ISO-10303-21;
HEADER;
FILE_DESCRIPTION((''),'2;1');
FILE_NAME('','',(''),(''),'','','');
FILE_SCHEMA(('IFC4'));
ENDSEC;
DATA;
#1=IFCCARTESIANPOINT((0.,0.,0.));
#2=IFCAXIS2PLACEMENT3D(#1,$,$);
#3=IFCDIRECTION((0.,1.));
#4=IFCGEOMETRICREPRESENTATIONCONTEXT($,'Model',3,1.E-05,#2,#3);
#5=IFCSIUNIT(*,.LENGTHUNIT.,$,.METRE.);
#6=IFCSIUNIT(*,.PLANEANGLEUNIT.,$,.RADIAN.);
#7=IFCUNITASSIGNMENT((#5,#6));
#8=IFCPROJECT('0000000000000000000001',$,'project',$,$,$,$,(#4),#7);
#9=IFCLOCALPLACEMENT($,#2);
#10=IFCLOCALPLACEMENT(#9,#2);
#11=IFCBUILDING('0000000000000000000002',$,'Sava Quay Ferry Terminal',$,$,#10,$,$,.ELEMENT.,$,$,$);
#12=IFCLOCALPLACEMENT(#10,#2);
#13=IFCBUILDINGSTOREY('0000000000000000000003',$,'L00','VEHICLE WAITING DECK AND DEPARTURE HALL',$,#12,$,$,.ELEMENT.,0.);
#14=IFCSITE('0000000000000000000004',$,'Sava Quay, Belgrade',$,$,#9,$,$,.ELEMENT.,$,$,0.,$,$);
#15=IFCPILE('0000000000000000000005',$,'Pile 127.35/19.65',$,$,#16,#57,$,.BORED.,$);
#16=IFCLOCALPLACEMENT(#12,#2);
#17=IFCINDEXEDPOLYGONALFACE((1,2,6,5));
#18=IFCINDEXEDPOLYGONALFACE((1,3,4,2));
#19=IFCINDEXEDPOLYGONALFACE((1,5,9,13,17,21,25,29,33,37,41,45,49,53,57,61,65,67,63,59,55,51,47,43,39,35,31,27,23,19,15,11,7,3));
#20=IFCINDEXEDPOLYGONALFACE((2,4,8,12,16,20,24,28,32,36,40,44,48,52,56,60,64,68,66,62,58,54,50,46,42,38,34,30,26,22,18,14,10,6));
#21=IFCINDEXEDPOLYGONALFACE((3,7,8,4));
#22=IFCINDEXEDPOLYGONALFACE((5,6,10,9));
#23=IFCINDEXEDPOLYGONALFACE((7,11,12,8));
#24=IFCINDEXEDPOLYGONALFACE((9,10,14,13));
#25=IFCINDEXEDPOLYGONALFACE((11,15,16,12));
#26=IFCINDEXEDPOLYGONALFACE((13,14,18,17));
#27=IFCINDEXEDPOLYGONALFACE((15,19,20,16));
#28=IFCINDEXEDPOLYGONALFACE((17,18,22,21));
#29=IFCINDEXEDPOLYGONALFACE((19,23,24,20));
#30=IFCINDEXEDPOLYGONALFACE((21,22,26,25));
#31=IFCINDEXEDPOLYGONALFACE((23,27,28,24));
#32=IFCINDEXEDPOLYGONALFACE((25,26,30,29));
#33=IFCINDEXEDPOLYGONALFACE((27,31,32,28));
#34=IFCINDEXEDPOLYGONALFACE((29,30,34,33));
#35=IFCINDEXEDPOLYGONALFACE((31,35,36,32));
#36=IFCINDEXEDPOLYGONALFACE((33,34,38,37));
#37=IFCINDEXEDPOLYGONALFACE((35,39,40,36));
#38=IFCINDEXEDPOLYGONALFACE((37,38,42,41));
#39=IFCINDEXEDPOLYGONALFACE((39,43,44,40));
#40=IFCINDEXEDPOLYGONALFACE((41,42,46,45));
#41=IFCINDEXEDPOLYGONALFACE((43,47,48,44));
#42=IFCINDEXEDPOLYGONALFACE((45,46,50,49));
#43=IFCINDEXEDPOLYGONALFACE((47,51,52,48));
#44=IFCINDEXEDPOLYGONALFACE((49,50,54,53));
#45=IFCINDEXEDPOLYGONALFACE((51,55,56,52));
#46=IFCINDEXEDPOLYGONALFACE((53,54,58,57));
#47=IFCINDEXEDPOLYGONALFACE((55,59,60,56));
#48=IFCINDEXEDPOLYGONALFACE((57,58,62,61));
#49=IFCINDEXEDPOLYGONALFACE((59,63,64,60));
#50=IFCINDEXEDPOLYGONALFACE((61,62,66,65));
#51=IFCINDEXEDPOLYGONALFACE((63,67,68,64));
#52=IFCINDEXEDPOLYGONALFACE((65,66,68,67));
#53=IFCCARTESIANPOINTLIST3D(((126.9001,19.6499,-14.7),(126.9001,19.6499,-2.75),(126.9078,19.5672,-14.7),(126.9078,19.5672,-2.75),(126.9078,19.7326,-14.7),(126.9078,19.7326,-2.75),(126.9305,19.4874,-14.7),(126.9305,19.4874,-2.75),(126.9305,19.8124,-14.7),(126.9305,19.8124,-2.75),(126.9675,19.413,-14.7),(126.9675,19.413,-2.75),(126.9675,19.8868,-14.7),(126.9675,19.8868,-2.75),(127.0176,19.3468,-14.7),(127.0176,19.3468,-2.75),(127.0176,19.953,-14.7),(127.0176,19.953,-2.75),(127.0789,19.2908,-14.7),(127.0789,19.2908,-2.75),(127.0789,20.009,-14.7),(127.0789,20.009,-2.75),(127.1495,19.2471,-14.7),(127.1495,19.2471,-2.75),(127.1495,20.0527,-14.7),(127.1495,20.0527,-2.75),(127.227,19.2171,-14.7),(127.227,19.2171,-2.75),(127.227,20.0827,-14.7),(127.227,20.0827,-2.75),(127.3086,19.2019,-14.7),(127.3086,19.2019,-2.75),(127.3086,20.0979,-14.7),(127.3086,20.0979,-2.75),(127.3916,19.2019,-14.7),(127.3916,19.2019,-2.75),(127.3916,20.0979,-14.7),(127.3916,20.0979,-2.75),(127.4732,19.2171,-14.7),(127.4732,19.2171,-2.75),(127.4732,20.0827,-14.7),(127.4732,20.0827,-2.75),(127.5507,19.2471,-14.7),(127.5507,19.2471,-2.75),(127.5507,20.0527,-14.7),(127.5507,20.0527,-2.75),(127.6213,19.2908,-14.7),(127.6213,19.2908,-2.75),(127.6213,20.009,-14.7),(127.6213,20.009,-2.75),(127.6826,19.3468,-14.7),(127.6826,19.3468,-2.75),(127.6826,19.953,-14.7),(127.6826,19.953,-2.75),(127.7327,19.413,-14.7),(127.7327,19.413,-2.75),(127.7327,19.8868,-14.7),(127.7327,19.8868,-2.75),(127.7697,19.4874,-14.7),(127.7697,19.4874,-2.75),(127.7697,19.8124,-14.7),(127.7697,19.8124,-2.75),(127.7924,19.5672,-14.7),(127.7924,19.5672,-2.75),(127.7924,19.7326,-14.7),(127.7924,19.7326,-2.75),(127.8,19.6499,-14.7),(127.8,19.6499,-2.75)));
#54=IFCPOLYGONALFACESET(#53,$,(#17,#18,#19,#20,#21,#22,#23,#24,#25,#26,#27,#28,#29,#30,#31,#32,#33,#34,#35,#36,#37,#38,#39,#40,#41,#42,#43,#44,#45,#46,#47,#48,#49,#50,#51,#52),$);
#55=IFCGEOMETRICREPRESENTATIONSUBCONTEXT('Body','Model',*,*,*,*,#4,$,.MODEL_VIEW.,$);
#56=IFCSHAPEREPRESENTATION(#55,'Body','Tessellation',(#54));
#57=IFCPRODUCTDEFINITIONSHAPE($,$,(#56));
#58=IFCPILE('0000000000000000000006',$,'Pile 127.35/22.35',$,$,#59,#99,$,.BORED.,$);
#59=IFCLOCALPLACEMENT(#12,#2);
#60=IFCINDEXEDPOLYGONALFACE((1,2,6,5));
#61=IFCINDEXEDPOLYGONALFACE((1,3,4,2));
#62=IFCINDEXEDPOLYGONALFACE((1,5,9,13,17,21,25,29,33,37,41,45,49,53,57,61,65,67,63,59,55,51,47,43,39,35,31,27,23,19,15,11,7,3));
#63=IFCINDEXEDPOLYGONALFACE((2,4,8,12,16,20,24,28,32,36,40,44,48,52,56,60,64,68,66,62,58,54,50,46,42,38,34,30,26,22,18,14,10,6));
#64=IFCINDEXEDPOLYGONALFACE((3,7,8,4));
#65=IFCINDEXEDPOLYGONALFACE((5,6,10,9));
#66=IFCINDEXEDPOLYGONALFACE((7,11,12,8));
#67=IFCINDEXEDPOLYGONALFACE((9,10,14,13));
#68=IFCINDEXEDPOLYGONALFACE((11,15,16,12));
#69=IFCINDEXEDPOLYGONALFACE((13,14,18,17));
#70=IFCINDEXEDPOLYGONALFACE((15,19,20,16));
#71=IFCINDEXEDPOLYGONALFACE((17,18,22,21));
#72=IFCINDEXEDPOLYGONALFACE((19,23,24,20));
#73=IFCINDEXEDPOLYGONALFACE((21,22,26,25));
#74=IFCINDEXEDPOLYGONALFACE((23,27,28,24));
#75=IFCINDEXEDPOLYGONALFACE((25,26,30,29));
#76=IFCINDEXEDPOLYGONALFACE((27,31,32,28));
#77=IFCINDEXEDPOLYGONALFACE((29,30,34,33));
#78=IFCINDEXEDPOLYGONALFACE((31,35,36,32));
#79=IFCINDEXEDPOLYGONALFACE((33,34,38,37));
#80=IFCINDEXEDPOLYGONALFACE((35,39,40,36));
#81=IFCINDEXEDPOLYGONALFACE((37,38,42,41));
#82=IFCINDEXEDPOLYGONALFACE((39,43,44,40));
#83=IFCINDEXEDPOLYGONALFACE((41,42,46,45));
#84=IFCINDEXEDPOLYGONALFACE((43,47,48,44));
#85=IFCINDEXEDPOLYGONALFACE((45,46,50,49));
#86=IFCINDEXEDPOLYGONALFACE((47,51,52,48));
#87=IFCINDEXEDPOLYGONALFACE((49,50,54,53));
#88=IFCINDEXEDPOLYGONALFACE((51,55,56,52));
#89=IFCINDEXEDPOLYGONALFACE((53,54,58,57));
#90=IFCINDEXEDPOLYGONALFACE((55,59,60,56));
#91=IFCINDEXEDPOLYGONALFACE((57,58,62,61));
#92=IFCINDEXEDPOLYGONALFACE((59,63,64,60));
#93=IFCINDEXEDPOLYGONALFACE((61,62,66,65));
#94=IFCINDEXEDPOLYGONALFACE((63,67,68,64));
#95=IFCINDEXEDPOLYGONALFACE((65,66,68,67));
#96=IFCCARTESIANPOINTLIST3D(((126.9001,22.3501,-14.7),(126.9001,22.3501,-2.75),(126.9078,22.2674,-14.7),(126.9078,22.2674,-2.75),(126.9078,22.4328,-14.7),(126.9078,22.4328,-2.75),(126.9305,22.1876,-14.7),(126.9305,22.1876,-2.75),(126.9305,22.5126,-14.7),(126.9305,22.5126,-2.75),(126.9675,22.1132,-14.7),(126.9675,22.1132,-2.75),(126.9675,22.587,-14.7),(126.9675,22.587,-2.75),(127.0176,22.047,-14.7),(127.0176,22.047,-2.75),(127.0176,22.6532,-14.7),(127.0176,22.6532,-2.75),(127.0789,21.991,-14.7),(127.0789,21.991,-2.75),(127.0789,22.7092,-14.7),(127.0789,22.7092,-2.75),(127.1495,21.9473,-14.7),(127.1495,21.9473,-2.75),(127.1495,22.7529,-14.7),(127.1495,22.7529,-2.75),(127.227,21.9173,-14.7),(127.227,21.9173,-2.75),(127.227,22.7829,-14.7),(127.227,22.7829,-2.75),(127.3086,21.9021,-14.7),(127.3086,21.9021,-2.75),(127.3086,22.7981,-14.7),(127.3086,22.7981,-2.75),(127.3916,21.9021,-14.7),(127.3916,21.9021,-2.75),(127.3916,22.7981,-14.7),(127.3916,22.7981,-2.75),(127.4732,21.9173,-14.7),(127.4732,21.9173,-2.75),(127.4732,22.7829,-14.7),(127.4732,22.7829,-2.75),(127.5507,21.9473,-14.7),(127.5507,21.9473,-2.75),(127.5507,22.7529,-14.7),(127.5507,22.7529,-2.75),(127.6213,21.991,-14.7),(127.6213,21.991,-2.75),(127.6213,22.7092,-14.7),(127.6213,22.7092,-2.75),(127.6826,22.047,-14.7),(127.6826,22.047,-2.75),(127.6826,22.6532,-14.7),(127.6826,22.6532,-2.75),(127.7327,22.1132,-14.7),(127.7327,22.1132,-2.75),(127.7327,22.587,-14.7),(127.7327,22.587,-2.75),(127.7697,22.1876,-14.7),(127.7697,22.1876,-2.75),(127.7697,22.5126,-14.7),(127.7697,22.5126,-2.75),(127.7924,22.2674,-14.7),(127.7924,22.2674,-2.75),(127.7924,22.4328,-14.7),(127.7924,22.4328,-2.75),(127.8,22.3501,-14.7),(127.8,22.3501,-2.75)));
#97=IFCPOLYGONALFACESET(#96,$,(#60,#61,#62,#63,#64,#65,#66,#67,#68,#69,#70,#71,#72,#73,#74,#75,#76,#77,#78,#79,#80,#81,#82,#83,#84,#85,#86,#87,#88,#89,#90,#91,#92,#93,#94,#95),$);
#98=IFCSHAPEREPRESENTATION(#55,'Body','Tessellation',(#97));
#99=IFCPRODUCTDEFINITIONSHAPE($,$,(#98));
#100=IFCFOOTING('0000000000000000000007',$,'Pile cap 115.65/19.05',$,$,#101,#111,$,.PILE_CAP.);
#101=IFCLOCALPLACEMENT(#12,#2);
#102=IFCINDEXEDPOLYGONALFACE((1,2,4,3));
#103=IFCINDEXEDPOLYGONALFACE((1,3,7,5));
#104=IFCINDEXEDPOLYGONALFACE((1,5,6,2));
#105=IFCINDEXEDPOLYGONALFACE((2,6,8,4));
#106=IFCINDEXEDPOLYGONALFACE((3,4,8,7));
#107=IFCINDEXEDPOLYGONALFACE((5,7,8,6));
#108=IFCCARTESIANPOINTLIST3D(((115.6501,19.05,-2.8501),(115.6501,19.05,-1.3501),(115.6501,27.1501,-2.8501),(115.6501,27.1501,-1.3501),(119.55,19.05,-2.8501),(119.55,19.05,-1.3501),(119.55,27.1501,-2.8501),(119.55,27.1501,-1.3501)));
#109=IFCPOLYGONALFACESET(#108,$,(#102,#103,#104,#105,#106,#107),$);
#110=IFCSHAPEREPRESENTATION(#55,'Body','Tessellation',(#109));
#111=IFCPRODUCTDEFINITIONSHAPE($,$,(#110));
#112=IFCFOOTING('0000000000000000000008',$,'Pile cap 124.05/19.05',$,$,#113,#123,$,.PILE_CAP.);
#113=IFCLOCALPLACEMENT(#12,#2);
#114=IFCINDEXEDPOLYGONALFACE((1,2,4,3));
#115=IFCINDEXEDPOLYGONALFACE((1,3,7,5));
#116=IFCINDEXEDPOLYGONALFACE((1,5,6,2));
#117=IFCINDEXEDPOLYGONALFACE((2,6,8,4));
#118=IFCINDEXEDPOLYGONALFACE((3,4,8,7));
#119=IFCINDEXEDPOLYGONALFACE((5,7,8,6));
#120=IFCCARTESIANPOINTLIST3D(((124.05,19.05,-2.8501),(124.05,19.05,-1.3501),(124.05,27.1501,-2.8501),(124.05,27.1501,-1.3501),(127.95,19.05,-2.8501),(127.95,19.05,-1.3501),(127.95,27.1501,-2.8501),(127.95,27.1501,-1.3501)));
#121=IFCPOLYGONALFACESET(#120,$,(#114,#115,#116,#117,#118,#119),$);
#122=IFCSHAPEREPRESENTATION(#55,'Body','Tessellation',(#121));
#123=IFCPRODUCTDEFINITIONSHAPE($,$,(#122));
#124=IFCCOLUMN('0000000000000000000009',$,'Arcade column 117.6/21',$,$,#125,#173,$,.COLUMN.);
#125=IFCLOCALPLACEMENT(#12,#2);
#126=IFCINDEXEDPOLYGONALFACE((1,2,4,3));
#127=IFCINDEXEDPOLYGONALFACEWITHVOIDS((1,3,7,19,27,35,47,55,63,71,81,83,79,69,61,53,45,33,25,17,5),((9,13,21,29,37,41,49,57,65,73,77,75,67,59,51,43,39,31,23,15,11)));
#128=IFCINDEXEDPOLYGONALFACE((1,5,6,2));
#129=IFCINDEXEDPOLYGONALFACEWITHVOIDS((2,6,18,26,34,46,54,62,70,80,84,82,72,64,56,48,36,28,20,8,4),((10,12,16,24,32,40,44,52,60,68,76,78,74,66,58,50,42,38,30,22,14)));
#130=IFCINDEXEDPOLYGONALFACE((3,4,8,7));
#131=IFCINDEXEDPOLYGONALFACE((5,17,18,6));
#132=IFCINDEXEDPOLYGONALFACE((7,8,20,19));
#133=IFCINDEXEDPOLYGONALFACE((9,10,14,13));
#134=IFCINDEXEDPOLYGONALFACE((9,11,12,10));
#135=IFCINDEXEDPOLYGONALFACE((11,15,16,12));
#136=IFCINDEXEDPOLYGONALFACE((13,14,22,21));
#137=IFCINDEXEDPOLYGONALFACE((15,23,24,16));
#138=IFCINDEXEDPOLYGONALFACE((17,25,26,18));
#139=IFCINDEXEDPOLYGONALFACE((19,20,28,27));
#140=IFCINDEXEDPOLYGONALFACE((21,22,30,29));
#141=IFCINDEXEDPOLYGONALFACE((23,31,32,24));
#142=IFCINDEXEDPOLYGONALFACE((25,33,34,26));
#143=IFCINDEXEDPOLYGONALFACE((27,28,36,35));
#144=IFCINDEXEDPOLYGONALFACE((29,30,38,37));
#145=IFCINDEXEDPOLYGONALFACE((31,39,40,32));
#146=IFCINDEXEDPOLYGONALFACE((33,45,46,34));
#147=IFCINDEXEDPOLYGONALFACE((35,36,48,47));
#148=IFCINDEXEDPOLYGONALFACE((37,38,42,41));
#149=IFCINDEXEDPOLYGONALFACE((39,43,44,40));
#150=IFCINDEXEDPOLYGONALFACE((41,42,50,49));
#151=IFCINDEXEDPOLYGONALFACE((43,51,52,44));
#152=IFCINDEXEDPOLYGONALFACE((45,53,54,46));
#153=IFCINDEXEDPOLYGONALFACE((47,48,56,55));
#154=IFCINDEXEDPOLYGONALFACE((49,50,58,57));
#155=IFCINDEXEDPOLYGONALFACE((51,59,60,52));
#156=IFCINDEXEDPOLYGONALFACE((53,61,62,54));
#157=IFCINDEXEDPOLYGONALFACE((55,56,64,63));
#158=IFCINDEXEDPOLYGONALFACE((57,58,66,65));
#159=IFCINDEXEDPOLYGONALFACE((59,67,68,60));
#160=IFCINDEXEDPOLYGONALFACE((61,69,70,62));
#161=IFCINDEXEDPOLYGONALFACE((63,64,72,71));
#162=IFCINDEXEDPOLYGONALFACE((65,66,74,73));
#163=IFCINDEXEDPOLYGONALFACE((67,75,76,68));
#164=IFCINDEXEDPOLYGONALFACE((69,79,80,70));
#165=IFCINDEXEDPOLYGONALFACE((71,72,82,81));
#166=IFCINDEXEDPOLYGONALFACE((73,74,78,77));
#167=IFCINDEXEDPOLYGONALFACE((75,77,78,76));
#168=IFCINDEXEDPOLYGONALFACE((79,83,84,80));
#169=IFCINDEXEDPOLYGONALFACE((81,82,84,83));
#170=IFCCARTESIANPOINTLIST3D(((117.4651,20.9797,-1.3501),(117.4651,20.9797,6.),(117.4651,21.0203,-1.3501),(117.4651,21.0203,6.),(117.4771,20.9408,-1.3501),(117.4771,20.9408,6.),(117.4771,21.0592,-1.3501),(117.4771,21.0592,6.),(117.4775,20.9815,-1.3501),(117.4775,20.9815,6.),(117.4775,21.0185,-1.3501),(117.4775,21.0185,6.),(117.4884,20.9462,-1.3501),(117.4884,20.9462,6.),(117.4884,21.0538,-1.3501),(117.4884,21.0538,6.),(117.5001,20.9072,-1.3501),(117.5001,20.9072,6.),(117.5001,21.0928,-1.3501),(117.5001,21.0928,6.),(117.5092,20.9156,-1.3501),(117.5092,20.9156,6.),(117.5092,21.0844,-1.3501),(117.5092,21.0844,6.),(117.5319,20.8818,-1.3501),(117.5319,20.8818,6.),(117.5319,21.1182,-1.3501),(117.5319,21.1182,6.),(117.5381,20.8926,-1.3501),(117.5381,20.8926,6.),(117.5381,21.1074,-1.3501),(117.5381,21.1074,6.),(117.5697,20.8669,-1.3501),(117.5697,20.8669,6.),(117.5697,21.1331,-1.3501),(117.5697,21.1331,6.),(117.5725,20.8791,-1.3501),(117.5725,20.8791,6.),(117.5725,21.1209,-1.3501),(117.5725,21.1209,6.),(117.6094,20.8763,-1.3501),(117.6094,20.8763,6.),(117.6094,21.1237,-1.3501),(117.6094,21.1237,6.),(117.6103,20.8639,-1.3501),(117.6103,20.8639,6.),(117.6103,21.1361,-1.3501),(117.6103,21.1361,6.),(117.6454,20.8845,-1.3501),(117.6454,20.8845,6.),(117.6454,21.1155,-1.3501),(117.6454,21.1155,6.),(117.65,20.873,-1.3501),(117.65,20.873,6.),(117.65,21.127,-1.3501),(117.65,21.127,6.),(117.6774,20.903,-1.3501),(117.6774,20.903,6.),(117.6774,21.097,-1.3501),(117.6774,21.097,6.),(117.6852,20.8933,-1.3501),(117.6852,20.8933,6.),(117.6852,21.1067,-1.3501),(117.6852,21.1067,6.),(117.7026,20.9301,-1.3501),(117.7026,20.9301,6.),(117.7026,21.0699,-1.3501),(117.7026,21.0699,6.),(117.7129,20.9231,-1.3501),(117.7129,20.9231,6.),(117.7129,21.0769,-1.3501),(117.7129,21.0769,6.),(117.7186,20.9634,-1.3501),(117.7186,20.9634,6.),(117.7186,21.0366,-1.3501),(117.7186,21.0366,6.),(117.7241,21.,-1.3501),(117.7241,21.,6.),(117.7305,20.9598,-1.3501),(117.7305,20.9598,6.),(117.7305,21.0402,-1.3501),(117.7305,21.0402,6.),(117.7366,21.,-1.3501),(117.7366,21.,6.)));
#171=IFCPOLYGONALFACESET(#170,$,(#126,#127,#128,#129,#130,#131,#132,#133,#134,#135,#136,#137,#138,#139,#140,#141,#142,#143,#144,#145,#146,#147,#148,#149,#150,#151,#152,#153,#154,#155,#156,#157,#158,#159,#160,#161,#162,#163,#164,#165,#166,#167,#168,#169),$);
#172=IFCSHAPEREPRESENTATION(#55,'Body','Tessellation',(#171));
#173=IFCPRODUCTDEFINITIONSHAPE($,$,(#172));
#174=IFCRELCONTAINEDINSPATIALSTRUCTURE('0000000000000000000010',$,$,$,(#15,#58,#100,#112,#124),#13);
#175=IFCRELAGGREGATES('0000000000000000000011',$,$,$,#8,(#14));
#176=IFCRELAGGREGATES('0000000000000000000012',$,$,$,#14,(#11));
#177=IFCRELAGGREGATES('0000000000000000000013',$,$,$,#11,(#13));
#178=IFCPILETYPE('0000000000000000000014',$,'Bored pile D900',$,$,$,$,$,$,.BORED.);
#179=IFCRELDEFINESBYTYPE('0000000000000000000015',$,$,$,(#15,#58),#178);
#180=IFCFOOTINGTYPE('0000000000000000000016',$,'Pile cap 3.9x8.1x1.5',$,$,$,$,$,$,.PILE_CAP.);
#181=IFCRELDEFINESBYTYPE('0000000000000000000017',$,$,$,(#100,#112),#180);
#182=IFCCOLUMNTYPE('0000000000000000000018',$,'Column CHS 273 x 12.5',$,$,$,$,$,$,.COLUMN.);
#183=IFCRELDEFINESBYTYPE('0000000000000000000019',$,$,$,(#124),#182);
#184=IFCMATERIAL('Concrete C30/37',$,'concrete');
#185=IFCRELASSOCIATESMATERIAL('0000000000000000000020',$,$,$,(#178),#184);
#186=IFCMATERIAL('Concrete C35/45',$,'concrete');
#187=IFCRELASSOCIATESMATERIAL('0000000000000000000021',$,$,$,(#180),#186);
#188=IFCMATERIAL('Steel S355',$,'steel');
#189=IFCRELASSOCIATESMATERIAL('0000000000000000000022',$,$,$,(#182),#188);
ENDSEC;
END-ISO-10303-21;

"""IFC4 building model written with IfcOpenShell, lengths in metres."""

from ifc_helpers import new_model, si_unit, direction, frame, origin, origin_2d, place, context, subcontext, project, spatial, rectangle, circle, hollow_circle, extrude, material, material_profile, profile_set, type_object, element, save


model = new_model("IFC4")

# Units and contexts
model_context = context("Model", 3, precision=1e-05, world=origin(), true_north=direction((0.0, 1.0)))
body_context = subcontext(model_context, "Body", "Model", "MODEL_VIEW")
ifc_project = project(units=[si_unit("LENGTHUNIT", "METRE"), si_unit("PLANEANGLEUNIT", "RADIAN")], contexts=[model_context])

# Site, building, storey
site_placement = place(None, origin())
site = spatial("IfcSite", under=ifc_project, at=site_placement, Name="Sava Quay, Belgrade", CompositionType="ELEMENT", RefElevation=0.0)
building_placement = place(site_placement, origin())
building = spatial("IfcBuilding", under=site, at=building_placement, Name="Sava Quay Ferry Terminal", CompositionType="ELEMENT")
storey_placement = place(building_placement, origin())
storey = spatial("IfcBuildingStorey", under=building, at=storey_placement, Name="L00", Description="VEHICLE WAITING DECK AND DEPARTURE HALL", CompositionType="ELEMENT", Elevation=0.0)

# Piles
ifc_material_1 = material(Name="Concrete C30/37", Category="concrete")
ifc_material_profile_1 = material_profile(ifc_material_1, circle(Radius=0.45, at=origin_2d()), Name="Bored pile D900")
ifc_profile_set_1 = profile_set([ifc_material_profile_1], Name="Concrete C30/37")
pile_type = type_object("IfcPileType", Name="Bored pile D900", PredefinedType="BORED", material=ifc_profile_set_1)
for number, where, z_axis, x_axis, name in (
    (1, (127.3501, 19.6499, -2.75), (0.0, 0.0, -1.0), (1.0, 0.0, 0.0), "Pile 127.35/19.65"),
    (2, (127.3501, 22.3501, -2.75), (0.0, 0.0, -1.0), (1.0, 0.0, 0.0), "Pile 127.35/22.35"),
):
    element("IfcPile", number, at=place(storey_placement, frame(where, z_axis=z_axis, x_axis=x_axis)), inside=storey, type_object=pile_type, Name=name, PredefinedType="BORED", context=body_context, shape_type="SweptSolid", body=[
        extrude(circle(Radius=0.45, at=origin_2d()), origin(), (0.0, 0.0, 1.0), 11.95),
    ])

# Footings
ifc_material_2 = material(Name="Concrete C35/45", Category="concrete")
footing_type = type_object("IfcFootingType", Name="Pile cap 3.9x8.1x1.5", PredefinedType="PILE_CAP", material=ifc_material_2)
for number, where, z_axis, x_axis, name in (
    (3, (117.6001, 23.1001, -2.8501), (0.0, 0.0, 1.0), (1.0, 0.0, 0.0), "Pile cap 115.65/19.05"),
    (4, (126.0, 23.1001, -2.8501), (0.0, 0.0, 1.0), (1.0, 0.0, 0.0), "Pile cap 124.05/19.05"),
):
    element("IfcFooting", number, at=place(storey_placement, frame(where, z_axis=z_axis, x_axis=x_axis)), inside=storey, type_object=footing_type, Name=name, PredefinedType="PILE_CAP", context=body_context, shape_type="SweptSolid", body=[
        extrude(rectangle(XDim=3.8999, YDim=8.1001, at=origin_2d()), origin(), (0.0, 0.0, 1.0), 1.5),
    ])

# Column
ifc_material_3 = material(Name="Steel S355", Category="steel")
ifc_material_profile_2 = material_profile(ifc_material_3, hollow_circle(Radius=0.1365, WallThickness=0.0125, at=origin_2d()), Name="CHS 273 x 12.5")
ifc_profile_set_2 = profile_set([ifc_material_profile_2], Name="Steel S355")
column_type = type_object("IfcColumnType", Name="Column CHS 273 x 12.5", PredefinedType="COLUMN", material=ifc_profile_set_2)
for number, where, z_axis, x_axis, name in (
    (5, (117.6001, 21.0, -1.3501), (0.0, 0.0, 1.0), (1.0, 0.0, 0.0), "Arcade column 117.6/21"),
):
    element("IfcColumn", number, at=place(storey_placement, frame(where, z_axis=z_axis, x_axis=x_axis)), inside=storey, type_object=column_type, Name=name, PredefinedType="COLUMN", context=body_context, shape_type="SweptSolid", body=[
        extrude(hollow_circle(Radius=0.1365, WallThickness=0.0125, at=origin_2d()), origin(), (0.0, 0.0, 1.0), 7.3501),
    ])

save(model, "model.ifc")
